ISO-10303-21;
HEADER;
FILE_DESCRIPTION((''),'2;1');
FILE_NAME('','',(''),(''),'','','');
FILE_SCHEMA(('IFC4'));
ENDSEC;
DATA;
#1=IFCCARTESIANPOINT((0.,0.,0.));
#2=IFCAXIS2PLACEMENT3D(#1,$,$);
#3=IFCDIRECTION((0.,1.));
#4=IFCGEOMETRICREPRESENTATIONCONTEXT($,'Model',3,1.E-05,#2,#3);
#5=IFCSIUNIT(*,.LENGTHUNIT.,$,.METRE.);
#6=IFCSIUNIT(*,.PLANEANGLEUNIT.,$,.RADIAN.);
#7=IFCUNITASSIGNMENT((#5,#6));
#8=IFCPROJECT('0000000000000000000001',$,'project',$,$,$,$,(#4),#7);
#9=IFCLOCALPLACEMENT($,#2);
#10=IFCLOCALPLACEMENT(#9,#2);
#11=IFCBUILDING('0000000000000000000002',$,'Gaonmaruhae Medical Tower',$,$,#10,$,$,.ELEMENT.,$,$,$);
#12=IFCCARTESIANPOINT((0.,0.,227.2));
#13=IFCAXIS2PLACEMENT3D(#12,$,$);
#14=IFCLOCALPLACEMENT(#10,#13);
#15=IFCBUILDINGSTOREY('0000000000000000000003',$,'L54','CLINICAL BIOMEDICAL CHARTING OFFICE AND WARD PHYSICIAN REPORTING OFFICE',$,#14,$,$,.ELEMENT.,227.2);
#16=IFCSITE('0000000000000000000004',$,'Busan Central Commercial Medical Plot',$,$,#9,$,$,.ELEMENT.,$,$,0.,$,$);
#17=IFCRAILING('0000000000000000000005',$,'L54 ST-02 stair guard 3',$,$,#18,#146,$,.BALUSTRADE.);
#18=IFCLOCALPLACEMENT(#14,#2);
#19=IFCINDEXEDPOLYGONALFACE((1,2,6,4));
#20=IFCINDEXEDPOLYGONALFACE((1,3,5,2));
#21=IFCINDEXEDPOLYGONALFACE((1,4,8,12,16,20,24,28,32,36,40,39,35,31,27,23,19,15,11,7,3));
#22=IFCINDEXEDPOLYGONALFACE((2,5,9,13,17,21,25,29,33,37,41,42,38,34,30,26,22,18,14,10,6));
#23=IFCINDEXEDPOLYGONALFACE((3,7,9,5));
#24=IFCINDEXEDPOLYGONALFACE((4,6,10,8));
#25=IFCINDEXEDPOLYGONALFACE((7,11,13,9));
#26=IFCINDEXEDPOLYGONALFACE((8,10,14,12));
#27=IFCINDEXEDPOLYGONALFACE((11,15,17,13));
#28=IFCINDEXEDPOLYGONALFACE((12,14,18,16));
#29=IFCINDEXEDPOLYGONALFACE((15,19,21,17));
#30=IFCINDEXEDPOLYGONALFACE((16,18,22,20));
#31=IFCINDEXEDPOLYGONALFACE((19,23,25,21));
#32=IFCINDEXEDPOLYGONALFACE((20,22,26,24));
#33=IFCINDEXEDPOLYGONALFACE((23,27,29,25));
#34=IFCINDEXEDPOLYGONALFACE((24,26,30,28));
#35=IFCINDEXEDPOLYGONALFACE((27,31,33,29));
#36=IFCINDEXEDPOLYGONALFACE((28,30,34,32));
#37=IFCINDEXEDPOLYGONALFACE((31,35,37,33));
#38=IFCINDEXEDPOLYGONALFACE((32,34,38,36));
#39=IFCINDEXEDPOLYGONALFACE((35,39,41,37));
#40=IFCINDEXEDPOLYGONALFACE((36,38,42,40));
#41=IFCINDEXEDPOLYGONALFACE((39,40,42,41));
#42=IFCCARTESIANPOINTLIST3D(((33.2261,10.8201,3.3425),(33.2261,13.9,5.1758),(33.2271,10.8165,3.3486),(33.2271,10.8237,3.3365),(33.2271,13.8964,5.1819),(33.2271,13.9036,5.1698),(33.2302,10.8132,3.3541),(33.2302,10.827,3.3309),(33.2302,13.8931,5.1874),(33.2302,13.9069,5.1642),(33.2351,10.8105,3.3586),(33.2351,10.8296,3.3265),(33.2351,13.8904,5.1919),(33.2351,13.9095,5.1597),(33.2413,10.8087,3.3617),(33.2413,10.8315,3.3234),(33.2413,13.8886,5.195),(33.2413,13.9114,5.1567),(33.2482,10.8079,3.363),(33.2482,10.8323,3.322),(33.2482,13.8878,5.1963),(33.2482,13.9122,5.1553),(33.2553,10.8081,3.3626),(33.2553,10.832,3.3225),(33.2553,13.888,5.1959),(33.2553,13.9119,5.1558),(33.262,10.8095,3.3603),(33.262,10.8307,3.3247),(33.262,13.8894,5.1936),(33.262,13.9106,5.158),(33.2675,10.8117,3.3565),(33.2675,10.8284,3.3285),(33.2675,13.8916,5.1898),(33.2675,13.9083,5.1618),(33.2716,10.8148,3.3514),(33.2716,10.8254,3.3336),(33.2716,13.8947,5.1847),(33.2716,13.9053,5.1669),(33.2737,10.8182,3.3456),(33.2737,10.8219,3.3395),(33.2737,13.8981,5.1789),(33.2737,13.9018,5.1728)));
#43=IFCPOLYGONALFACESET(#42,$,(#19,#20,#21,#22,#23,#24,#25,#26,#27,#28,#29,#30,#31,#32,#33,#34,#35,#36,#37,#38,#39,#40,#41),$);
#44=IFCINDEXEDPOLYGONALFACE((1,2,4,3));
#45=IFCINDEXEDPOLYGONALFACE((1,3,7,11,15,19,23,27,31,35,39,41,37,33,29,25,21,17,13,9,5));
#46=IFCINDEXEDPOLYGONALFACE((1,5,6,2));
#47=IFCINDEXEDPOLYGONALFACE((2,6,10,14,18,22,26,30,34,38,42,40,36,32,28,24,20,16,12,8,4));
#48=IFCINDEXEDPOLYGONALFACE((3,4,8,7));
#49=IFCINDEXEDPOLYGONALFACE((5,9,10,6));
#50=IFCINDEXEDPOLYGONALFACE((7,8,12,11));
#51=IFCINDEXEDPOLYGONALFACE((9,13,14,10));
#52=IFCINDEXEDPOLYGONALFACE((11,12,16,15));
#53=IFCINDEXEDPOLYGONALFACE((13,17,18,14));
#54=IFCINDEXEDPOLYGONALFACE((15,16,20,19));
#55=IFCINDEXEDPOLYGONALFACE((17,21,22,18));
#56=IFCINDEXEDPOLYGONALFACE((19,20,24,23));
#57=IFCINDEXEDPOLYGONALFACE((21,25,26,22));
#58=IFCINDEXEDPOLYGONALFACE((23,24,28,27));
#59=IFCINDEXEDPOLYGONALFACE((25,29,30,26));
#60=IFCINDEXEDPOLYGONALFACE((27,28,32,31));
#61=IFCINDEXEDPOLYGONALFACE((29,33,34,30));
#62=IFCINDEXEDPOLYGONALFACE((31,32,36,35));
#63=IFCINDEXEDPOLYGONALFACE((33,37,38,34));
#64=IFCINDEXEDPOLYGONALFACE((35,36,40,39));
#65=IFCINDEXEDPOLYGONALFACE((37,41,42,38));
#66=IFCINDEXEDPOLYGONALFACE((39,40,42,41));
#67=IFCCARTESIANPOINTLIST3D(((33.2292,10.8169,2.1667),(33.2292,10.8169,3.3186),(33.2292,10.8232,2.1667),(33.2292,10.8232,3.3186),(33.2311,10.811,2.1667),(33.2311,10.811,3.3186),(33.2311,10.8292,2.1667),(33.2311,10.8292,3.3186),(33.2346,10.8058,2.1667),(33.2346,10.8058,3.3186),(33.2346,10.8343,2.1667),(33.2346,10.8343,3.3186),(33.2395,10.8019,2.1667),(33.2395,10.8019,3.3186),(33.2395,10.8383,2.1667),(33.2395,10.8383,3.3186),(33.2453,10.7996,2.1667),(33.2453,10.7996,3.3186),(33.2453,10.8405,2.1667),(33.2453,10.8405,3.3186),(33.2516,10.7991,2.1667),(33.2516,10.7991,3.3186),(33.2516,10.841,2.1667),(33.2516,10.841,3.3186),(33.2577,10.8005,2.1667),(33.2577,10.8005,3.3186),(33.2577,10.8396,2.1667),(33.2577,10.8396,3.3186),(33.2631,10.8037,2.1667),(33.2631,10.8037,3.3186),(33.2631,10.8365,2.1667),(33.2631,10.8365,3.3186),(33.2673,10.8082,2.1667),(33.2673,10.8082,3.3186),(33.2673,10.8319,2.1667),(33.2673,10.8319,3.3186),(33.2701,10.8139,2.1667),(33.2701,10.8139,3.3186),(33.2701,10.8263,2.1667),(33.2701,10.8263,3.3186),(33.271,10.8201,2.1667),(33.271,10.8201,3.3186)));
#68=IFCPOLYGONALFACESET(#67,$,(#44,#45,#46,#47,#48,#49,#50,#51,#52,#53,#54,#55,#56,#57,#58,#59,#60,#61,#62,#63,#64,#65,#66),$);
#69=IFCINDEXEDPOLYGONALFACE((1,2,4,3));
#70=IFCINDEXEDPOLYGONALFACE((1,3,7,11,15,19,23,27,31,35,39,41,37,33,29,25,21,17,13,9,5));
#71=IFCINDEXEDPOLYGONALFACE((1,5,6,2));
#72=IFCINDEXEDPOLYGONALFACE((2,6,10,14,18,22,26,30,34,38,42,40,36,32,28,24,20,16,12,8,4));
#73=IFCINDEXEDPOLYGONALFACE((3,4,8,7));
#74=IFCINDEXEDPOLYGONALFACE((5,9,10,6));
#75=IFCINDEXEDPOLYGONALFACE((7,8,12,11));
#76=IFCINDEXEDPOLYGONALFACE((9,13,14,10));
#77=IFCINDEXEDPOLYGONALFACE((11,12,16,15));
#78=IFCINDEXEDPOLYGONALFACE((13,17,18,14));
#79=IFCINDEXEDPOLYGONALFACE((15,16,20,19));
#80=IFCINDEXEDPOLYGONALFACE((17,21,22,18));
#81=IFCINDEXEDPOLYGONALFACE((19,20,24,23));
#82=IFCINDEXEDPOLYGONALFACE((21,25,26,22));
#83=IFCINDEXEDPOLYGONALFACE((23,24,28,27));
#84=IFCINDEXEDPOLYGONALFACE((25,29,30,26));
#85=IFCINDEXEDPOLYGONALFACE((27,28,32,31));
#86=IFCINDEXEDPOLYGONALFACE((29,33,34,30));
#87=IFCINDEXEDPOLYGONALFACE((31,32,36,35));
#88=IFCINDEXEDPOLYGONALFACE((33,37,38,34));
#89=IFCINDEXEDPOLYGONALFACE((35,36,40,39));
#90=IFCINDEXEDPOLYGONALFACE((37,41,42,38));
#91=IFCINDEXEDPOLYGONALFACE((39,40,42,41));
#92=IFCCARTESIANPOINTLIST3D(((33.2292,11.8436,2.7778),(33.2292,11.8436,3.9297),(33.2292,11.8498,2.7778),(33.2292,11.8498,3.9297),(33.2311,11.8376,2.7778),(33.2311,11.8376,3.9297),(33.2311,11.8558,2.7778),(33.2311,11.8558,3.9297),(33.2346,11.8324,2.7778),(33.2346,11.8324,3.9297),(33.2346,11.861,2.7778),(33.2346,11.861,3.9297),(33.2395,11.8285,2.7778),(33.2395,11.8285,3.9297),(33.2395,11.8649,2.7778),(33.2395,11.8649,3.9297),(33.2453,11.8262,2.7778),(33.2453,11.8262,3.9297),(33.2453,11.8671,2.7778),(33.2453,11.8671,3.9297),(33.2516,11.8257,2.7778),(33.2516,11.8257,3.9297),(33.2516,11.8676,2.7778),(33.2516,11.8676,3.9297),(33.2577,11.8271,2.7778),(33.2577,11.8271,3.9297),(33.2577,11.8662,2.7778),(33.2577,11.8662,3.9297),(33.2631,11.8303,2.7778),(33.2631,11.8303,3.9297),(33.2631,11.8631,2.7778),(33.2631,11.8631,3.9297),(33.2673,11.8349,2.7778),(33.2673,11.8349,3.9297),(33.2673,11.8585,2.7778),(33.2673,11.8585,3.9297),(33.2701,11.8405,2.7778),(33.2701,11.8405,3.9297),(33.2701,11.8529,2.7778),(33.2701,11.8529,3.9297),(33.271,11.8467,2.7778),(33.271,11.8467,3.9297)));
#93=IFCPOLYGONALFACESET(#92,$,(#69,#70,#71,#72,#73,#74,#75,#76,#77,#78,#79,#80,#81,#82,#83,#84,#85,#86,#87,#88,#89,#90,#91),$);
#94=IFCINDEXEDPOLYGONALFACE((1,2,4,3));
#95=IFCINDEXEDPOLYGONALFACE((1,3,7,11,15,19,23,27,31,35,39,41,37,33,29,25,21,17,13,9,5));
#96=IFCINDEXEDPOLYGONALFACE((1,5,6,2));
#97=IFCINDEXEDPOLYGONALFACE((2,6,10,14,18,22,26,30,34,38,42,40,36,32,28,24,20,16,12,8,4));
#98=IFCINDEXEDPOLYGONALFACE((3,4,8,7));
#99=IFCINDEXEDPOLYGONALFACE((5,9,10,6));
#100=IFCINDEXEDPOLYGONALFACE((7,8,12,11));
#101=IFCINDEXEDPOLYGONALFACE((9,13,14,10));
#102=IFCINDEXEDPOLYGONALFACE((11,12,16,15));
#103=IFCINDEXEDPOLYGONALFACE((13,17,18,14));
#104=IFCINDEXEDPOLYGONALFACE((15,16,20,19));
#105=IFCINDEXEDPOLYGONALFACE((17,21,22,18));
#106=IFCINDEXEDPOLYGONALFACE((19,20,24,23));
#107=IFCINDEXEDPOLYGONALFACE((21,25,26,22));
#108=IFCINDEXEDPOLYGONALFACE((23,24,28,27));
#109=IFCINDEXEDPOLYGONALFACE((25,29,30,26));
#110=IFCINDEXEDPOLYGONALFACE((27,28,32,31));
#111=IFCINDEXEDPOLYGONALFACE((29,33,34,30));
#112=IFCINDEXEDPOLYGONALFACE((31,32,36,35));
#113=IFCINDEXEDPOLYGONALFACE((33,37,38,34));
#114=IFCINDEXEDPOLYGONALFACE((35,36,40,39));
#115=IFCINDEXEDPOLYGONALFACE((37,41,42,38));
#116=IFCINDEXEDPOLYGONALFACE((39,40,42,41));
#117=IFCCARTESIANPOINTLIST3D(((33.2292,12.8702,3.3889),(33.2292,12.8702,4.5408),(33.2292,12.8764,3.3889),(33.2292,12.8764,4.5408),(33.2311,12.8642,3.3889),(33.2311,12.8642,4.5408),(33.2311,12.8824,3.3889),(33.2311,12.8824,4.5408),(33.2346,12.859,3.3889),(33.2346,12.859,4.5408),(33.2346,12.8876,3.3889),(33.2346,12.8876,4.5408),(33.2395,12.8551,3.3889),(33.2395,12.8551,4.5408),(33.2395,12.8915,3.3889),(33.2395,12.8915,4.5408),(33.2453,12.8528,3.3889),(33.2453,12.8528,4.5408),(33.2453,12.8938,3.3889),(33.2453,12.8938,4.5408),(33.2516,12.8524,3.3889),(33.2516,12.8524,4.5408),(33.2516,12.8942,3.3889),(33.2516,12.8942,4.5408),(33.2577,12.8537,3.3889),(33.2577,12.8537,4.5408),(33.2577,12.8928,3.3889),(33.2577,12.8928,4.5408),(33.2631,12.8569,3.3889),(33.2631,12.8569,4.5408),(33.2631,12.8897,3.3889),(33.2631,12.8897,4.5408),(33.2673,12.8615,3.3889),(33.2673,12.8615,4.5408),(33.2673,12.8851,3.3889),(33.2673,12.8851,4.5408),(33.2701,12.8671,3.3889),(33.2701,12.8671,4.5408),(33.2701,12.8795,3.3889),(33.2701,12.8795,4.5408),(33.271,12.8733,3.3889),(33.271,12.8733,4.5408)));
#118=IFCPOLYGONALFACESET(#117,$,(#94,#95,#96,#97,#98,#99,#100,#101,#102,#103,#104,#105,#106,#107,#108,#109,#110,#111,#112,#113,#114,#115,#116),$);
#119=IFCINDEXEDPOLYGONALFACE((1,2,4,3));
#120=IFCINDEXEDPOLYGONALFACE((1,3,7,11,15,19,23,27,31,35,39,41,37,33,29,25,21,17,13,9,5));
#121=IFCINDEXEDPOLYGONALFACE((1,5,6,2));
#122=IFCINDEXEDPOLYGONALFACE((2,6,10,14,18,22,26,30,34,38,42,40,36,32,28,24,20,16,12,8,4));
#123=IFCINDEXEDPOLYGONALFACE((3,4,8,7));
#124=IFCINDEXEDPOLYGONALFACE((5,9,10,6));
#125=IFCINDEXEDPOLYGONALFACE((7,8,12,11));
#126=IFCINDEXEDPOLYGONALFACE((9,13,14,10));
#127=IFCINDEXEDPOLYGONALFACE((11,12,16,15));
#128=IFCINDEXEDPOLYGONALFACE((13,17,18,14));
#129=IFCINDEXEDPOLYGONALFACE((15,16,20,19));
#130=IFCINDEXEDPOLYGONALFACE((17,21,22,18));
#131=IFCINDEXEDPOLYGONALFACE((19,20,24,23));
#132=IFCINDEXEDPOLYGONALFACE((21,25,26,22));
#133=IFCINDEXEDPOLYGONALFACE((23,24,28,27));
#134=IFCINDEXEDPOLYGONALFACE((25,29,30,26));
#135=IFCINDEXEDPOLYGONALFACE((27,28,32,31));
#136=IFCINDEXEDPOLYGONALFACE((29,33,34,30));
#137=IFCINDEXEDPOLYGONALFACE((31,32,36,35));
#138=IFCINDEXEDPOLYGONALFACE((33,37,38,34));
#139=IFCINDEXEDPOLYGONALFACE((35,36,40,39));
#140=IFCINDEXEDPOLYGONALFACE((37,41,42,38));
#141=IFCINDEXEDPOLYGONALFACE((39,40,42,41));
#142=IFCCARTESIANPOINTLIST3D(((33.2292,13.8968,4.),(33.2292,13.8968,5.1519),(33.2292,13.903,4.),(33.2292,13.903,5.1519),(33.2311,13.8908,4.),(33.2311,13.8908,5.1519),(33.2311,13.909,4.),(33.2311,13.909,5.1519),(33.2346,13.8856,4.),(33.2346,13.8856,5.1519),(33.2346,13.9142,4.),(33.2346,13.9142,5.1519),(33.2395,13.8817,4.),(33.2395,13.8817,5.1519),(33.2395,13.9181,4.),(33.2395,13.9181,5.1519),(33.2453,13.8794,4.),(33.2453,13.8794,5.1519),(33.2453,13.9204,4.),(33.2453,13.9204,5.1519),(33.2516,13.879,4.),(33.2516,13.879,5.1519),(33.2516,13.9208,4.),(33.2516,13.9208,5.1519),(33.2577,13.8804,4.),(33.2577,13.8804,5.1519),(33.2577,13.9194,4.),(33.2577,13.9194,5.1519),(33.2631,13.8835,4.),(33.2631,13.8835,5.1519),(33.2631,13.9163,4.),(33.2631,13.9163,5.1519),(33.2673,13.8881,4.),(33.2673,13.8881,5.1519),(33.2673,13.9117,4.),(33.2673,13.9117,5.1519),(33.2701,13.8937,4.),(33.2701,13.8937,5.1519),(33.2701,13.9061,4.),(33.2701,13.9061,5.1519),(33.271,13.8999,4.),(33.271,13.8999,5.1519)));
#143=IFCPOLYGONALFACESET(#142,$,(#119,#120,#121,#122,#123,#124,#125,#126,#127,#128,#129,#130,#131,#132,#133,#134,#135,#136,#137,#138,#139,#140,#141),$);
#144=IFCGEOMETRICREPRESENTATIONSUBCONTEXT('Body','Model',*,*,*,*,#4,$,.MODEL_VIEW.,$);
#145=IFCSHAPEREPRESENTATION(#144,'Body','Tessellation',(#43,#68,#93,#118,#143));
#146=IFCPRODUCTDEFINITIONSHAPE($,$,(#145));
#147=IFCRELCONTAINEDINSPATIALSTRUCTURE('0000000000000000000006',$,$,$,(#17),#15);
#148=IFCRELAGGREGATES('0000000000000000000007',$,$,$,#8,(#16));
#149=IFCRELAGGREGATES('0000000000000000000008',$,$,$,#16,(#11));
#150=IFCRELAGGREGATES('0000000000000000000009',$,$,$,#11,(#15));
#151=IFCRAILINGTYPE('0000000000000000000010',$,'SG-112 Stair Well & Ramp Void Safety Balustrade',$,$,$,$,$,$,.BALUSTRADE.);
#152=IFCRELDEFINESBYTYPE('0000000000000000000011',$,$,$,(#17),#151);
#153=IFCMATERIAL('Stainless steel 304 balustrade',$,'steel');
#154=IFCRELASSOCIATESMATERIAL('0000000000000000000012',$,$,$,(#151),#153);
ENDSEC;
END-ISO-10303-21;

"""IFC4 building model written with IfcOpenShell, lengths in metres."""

from ifc_helpers import new_model, si_unit, direction, frame, origin, origin_2d, place, context, subcontext, project, spatial, circle, extrude, material, type_object, element, save


model = new_model("IFC4")

# Units and contexts
model_context = context("Model", 3, precision=1e-05, world=origin(), true_north=direction((0.0, 1.0)))
body_context = subcontext(model_context, "Body", "Model", "MODEL_VIEW")
ifc_project = project(units=[si_unit("LENGTHUNIT", "METRE"), si_unit("PLANEANGLEUNIT", "RADIAN")], contexts=[model_context])

# Site, building, storey
site_placement = place(None, origin())
site = spatial("IfcSite", under=ifc_project, at=site_placement, Name="Busan Central Commercial Medical Plot", CompositionType="ELEMENT", RefElevation=0.0)
building_placement = place(site_placement, origin())
building = spatial("IfcBuilding", under=site, at=building_placement, Name="Gaonmaruhae Medical Tower", CompositionType="ELEMENT")
storey_placement = place(building_placement, frame((0.0, 0.0, 227.2)))
storey = spatial("IfcBuildingStorey", under=building, at=storey_placement, Name="L54", Description="CLINICAL BIOMEDICAL CHARTING OFFICE AND WARD PHYSICIAN REPORTING OFFICE", CompositionType="ELEMENT", Elevation=227.2)

# Railing
ifc_material_1 = material(Name="Stainless steel 304 balustrade", Category="steel")
railing_type_1 = type_object("IfcRailingType", Name="SG-112 Stair Well & Ramp Void Safety Balustrade", PredefinedType="BALUSTRADE", material=ifc_material_1)
railing_1_placement = place(storey_placement, frame((33.25, 10.8201, 2.1667)))
element("IfcRailing", 1, at=railing_1_placement, inside=storey, type_object=railing_type_1, Name="L54 ST-02 stair guard 3", PredefinedType="BALUSTRADE", context=body_context, shape_type="SweptSolid", body=[
    extrude(circle(Radius=0.0239, at=origin_2d()), frame((0.0, 0.0, 1.1758), z_axis=(0.0, 0.859291, 0.511487), x_axis=(-1.0, 0.0, 0.0)), (0.0, 0.0, 1.0), 3.5842),
    extrude(circle(Radius=0.021, at=origin_2d()), origin(), (0.0, 0.0, 1.0), 1.1519),
    extrude(circle(Radius=0.021, at=origin_2d()), frame((0.0, 1.0266, 0.6111)), (0.0, 0.0, 1.0), 1.1519),
    extrude(circle(Radius=0.021, at=origin_2d()), frame((0.0, 2.0532, 1.2222)), (0.0, 0.0, 1.0), 1.1519),
    extrude(circle(Radius=0.021, at=origin_2d()), frame((0.0, 3.0798, 1.8333)), (0.0, 0.0, 1.0), 1.1519),
])

save(model, "model.ifc")
